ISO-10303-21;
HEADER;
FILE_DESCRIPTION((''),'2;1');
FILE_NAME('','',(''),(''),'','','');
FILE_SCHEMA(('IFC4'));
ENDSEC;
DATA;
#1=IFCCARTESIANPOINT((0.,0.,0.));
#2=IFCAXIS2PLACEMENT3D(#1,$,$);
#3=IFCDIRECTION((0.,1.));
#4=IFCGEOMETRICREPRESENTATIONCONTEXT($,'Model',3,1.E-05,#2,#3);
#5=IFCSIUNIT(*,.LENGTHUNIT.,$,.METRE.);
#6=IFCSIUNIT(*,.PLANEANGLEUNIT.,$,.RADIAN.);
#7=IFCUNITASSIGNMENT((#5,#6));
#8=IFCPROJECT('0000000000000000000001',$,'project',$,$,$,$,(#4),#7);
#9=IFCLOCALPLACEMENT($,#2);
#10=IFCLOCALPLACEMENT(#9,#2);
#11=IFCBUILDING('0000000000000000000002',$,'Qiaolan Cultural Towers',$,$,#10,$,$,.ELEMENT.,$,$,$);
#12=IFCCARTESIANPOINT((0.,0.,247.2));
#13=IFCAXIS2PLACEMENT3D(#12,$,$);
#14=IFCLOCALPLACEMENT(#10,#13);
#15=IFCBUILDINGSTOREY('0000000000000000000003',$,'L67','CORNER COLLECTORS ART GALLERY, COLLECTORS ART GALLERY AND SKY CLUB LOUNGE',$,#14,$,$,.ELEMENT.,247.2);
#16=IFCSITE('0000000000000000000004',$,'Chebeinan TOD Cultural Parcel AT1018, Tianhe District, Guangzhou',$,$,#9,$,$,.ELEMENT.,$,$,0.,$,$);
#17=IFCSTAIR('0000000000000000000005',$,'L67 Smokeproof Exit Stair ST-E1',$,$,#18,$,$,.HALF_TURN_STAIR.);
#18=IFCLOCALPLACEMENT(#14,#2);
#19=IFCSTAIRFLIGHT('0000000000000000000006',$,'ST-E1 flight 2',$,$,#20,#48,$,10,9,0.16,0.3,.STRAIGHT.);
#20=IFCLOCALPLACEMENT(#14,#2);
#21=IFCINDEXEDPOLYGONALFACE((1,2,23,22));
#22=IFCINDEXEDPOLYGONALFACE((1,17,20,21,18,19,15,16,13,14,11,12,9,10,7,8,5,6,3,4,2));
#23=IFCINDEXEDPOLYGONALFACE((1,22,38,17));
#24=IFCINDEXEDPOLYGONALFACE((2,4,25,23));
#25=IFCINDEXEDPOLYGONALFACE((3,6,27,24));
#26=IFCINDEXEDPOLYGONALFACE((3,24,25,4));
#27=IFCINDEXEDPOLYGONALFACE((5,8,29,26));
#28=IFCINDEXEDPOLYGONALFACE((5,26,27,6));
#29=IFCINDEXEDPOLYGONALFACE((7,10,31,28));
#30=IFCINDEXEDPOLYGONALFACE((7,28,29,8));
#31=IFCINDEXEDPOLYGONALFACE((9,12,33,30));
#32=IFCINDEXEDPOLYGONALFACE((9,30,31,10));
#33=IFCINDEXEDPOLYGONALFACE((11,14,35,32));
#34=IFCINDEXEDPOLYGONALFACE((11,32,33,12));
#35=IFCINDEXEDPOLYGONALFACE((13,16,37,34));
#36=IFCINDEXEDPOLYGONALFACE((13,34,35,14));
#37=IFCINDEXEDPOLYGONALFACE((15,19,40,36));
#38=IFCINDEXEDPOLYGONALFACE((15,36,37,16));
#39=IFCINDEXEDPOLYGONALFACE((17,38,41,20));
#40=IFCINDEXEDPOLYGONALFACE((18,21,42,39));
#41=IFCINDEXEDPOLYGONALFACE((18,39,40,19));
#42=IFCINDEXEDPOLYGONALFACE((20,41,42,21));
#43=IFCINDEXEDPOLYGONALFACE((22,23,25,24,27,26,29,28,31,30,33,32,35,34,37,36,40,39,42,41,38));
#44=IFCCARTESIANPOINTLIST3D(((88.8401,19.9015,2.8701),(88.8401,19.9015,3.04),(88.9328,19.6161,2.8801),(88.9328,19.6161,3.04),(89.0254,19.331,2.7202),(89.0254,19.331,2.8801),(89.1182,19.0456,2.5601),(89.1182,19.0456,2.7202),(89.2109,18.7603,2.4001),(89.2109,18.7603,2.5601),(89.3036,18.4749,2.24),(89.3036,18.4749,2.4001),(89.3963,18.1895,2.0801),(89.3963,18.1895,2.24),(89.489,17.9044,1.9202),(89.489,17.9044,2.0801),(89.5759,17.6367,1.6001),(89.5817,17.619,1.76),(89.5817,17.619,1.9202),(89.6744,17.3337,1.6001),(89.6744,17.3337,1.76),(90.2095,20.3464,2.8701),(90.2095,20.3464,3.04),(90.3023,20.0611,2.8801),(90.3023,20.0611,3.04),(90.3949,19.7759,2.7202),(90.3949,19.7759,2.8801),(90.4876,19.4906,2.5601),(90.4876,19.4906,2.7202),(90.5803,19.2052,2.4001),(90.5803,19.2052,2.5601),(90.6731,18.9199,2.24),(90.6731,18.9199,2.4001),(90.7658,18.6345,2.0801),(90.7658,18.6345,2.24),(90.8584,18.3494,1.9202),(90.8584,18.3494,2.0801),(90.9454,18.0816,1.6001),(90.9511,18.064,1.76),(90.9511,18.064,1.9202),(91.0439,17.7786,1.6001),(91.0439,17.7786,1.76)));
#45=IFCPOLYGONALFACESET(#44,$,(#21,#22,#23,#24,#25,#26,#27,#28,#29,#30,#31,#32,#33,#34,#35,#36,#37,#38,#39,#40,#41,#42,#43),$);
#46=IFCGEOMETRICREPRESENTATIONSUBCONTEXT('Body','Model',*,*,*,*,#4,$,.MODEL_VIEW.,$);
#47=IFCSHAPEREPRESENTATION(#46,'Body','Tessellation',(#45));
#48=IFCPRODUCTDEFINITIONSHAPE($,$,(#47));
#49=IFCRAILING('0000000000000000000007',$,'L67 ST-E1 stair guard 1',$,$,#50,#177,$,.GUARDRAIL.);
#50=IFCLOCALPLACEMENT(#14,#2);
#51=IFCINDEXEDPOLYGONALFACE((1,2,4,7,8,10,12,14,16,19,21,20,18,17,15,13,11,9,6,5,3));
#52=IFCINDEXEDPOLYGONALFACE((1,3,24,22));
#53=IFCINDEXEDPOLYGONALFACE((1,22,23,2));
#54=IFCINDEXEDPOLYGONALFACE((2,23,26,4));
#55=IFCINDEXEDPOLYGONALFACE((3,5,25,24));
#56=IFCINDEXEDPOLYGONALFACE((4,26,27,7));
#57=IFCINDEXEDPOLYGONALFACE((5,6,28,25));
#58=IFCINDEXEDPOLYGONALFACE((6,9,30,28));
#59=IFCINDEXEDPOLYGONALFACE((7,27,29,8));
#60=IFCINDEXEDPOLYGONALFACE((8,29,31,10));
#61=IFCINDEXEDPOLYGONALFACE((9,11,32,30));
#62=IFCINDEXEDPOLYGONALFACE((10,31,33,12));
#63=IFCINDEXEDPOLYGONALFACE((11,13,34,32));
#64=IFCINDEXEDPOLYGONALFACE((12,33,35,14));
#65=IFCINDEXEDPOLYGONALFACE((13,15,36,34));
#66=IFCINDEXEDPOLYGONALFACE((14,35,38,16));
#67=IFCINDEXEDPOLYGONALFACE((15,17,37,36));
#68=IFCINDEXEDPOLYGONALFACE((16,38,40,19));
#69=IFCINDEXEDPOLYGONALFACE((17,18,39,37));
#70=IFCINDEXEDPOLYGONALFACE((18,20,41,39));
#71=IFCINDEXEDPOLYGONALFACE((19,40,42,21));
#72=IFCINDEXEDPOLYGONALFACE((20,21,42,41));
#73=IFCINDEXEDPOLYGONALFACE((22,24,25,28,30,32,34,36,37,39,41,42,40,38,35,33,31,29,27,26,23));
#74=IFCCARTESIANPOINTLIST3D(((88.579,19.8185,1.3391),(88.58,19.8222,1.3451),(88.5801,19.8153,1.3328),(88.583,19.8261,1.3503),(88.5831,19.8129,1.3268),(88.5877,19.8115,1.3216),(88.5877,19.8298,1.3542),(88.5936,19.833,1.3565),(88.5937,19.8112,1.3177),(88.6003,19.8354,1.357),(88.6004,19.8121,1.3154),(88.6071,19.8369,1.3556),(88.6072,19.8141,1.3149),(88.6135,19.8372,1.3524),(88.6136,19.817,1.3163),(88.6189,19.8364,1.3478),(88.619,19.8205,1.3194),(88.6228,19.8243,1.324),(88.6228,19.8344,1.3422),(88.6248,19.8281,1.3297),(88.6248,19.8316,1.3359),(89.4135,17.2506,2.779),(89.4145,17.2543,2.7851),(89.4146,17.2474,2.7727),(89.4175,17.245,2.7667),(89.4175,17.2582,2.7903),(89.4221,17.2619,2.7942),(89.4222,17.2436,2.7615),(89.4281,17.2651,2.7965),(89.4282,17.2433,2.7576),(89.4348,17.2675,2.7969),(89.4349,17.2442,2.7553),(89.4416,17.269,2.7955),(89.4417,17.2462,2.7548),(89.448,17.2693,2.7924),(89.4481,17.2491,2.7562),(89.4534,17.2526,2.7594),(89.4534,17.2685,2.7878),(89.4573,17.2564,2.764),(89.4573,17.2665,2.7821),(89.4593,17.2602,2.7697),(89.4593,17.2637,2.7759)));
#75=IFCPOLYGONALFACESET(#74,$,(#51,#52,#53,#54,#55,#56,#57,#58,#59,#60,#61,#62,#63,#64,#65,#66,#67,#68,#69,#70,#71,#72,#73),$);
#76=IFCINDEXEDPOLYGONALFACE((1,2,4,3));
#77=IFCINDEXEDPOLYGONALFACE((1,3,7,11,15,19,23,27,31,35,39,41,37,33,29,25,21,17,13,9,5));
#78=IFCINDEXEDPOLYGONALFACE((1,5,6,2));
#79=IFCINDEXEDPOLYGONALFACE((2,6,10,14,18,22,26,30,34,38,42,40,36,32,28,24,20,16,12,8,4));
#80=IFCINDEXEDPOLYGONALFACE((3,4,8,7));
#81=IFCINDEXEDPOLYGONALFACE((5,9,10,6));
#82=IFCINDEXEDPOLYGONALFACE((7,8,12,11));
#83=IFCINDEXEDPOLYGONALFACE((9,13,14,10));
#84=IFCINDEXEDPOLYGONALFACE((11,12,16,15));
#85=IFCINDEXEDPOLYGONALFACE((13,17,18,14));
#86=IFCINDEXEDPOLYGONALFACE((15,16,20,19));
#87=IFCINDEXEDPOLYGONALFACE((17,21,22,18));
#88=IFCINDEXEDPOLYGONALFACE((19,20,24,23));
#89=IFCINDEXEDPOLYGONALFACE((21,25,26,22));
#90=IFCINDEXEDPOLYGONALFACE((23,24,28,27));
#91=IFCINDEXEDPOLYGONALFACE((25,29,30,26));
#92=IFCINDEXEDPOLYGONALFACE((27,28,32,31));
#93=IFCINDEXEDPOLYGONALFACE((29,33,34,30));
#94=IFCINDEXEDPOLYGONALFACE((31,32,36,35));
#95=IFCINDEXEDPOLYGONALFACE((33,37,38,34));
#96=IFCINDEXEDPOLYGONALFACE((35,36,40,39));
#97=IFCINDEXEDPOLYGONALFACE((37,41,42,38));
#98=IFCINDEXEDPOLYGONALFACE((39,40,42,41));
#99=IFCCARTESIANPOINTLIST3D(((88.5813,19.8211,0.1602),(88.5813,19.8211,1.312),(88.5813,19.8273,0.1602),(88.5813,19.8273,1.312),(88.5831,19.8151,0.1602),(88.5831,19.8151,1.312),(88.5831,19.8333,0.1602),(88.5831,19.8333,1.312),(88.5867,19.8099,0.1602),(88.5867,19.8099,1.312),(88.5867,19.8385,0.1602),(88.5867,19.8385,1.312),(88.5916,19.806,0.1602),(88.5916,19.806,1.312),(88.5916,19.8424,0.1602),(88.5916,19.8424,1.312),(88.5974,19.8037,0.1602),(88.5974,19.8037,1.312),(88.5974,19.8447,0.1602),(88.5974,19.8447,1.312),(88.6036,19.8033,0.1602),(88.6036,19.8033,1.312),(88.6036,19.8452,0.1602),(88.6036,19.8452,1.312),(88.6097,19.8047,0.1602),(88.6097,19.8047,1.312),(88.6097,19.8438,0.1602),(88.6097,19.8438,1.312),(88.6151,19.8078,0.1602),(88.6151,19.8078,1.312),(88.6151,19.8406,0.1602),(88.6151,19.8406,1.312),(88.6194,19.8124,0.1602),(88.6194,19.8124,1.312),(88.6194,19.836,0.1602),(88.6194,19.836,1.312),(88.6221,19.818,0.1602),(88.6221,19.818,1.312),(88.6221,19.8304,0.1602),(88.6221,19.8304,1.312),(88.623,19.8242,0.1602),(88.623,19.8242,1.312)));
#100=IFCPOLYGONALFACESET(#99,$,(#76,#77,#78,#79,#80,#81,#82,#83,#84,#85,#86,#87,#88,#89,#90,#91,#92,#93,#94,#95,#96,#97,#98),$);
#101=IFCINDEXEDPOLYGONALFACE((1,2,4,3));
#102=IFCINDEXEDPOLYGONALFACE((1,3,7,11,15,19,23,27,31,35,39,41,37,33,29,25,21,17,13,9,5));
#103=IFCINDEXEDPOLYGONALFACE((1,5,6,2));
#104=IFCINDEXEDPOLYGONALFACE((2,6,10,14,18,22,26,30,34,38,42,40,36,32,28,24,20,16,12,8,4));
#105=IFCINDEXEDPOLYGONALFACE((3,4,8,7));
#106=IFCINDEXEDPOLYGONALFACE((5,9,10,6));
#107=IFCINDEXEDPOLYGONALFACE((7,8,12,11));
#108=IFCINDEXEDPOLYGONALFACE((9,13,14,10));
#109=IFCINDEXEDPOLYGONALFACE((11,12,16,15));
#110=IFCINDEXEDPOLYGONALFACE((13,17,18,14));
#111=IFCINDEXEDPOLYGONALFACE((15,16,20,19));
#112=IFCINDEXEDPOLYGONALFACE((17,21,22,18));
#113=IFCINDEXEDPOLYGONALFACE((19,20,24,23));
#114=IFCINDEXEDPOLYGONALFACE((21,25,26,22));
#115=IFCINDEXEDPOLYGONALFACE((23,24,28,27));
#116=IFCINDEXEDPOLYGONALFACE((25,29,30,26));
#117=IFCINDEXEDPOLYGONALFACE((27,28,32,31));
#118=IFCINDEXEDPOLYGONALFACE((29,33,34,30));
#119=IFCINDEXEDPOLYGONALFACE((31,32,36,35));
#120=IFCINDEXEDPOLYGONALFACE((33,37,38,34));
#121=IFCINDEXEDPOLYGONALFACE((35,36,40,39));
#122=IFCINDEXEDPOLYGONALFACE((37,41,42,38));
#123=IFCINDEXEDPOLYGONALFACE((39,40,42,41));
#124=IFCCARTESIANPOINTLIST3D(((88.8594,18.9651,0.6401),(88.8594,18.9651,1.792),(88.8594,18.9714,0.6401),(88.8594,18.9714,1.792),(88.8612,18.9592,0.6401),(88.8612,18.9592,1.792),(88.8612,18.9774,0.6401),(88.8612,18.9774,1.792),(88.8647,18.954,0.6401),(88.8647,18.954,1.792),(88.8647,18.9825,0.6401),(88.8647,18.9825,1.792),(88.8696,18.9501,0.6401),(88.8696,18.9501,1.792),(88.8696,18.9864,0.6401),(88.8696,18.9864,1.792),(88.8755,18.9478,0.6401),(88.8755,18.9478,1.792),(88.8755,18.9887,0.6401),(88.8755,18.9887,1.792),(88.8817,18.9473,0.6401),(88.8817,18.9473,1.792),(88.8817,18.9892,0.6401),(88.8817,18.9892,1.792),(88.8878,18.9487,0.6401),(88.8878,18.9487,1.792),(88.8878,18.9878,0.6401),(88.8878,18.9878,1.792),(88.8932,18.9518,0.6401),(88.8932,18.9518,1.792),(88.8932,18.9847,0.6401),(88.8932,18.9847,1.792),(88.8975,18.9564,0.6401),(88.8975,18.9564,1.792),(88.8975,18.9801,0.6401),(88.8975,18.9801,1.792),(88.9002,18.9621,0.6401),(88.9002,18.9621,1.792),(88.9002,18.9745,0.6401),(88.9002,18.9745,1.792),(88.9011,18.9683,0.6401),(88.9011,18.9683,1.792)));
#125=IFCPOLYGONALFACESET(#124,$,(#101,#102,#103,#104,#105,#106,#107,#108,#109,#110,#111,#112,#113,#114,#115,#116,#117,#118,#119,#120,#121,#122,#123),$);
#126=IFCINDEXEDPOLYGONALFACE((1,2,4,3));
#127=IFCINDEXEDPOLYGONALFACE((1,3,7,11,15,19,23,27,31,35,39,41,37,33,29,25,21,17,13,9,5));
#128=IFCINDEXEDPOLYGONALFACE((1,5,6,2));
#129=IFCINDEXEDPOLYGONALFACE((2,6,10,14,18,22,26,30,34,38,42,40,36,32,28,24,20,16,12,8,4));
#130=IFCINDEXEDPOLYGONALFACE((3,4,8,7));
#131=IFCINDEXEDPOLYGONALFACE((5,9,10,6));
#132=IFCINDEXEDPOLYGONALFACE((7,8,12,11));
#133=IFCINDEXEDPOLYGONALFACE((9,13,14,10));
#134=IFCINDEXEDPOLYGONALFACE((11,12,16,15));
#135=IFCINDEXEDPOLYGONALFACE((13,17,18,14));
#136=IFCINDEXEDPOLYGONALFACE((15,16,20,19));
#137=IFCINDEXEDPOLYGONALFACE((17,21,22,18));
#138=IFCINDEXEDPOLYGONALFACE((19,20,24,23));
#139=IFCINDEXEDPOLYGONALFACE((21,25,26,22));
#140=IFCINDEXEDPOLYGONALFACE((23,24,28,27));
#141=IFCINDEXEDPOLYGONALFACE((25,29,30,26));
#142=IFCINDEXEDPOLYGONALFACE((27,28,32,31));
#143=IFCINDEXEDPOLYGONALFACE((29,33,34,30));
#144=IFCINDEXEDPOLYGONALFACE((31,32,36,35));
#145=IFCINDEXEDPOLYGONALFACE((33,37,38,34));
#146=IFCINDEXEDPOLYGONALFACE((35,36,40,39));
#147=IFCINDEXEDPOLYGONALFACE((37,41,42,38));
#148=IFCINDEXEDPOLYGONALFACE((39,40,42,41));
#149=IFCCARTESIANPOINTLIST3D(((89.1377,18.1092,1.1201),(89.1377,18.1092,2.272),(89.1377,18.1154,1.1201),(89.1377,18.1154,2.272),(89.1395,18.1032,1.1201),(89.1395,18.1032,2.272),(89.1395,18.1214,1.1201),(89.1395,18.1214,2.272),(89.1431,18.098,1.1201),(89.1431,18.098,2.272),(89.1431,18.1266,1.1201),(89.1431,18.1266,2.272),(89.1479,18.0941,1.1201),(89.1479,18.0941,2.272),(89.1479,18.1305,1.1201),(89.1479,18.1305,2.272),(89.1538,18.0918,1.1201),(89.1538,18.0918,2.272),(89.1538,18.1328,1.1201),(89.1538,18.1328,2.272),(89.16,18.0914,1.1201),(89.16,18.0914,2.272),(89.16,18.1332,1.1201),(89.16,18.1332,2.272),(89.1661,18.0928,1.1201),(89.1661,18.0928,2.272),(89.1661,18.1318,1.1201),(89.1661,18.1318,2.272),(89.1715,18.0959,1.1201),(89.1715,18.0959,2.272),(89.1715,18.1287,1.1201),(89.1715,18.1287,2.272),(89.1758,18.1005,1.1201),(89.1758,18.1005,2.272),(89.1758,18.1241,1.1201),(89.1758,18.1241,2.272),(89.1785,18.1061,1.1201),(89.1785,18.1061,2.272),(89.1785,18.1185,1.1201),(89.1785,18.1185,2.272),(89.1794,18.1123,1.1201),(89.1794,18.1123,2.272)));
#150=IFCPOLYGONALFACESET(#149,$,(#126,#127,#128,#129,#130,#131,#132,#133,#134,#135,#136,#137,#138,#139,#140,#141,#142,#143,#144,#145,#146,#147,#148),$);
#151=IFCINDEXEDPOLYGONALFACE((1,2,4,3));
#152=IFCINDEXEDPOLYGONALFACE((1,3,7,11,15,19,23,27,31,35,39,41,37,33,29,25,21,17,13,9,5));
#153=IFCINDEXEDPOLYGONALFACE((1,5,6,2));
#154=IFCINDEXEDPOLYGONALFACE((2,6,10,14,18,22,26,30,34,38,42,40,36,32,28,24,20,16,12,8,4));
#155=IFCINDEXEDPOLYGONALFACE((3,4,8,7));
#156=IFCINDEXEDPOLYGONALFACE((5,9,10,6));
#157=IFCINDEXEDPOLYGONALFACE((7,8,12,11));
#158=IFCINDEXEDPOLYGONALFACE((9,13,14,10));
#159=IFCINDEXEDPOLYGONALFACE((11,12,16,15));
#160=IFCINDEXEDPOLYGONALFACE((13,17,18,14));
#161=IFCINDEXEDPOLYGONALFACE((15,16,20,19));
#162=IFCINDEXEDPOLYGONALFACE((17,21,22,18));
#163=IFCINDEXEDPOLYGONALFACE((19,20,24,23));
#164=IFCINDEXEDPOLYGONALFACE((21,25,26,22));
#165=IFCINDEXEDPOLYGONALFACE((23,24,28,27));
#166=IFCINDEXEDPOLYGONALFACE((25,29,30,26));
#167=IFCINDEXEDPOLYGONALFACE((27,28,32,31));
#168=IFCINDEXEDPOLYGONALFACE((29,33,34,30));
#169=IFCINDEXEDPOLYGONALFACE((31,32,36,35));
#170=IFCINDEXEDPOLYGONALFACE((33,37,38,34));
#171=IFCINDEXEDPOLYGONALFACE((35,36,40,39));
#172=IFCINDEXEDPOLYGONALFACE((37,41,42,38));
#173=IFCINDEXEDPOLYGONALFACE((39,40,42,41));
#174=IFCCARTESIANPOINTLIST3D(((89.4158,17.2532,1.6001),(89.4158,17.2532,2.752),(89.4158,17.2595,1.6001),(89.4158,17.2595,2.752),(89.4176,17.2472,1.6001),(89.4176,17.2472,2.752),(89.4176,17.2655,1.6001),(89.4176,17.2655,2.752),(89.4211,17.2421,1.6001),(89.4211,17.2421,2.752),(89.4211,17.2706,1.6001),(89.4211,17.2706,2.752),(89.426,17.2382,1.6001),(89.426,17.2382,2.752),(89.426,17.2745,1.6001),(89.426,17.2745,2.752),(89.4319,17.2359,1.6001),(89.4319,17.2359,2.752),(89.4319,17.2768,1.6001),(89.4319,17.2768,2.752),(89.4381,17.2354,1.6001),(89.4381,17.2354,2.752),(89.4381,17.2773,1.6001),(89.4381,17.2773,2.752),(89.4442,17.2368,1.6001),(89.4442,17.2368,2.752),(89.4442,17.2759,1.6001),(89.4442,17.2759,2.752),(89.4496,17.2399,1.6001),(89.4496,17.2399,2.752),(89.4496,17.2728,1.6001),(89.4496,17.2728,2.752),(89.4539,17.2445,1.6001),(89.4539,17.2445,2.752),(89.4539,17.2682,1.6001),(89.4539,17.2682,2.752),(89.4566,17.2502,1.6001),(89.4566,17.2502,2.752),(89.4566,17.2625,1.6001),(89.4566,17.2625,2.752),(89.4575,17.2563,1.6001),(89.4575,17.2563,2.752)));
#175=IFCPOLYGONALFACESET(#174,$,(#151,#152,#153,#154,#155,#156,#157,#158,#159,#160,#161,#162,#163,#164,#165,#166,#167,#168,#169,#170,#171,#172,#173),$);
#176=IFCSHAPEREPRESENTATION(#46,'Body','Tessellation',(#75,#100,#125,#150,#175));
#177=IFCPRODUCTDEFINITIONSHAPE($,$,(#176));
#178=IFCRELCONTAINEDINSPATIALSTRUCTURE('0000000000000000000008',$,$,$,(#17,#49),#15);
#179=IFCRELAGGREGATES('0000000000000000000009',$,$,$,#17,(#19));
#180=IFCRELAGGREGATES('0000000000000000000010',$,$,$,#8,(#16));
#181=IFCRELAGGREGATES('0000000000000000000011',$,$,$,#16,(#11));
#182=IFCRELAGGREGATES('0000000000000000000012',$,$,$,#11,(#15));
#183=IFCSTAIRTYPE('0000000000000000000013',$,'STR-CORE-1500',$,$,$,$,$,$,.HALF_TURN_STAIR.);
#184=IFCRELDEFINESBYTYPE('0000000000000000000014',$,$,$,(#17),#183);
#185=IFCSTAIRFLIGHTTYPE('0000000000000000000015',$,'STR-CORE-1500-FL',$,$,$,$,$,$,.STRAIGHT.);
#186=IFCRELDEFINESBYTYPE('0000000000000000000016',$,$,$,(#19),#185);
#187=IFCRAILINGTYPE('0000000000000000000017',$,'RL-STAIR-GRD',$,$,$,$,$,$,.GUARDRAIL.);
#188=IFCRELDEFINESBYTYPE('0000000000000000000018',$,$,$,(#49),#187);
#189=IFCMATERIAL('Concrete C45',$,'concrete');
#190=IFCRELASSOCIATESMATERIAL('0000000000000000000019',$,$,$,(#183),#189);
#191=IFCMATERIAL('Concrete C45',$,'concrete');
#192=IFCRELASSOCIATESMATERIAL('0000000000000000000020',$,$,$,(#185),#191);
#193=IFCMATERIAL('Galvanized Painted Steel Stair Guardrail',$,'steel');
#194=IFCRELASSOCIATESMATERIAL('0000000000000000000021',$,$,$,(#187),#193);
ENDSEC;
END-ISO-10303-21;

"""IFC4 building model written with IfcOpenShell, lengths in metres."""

from ifc_helpers import new_model, si_unit, direction, frame, origin, origin_2d, place, context, subcontext, project, spatial, polyline, circle, outline, extrude, material, type_object, element, aggregate, save


model = new_model("IFC4")

# Units and contexts
model_context = context("Model", 3, precision=1e-05, world=origin(), true_north=direction((0.0, 1.0)))
body_context = subcontext(model_context, "Body", "Model", "MODEL_VIEW")
ifc_project = project(units=[si_unit("LENGTHUNIT", "METRE"), si_unit("PLANEANGLEUNIT", "RADIAN")], contexts=[model_context])

# Site, building, storey
site_placement = place(None, origin())
site = spatial("IfcSite", under=ifc_project, at=site_placement, Name="Chebeinan TOD Cultural Parcel AT1018, Tianhe District, Guangzhou", CompositionType="ELEMENT", RefElevation=0.0)
building_placement = place(site_placement, origin())
building = spatial("IfcBuilding", under=site, at=building_placement, Name="Qiaolan Cultural Towers", CompositionType="ELEMENT")
storey_placement = place(building_placement, frame((0.0, 0.0, 247.2)))
storey = spatial("IfcBuildingStorey", under=building, at=storey_placement, Name="L67", Description="CORNER COLLECTORS ART GALLERY, COLLECTORS ART GALLERY AND SKY CLUB LOUNGE", CompositionType="ELEMENT", Elevation=247.2)

# Stair, stair flight
ifc_material_1 = material(Name="Concrete C45", Category="concrete")
stair_type = type_object("IfcStairType", Name="STR-CORE-1500", PredefinedType="HALF_TURN_STAIR", material=ifc_material_1)
stair_placement = place(storey_placement, origin())
stair = element("IfcStair", 1, at=stair_placement, inside=storey, type_object=stair_type, Name="L67 Smokeproof Exit Stair ST-E1", PredefinedType="HALF_TURN_STAIR")
ifc_material_2 = material(Name="Concrete C45", Category="concrete")
stair_flight_type = type_object("IfcStairFlightType", Name="STR-CORE-1500-FL", PredefinedType="STRAIGHT", material=ifc_material_2)
stair_flight_placement = place(storey_placement, frame((90.3591, 17.5562, 1.6001), z_axis=(0.0, 0.0, 1.0), x_axis=(-0.309017, 0.951057, 0.0)))
stair_flight = element("IfcStairFlight", 2, at=stair_flight_placement, type_object=stair_flight_type, Name="ST-E1 flight 2", NumberOfRisers=10, NumberOfTreads=9, PredefinedType="STRAIGHT", RiserHeight=0.16, TreadLength=0.3, context=body_context, shape_type="SweptSolid", body=[
    extrude(outline(polyline([(0.0, 0.0), (0.0, 0.1599), (0.3, 0.1599), (0.3, 0.3201), (0.6001, 0.3201), (0.6001, 0.48), (0.8999, 0.48), (0.8999, 0.6399), (1.2, 0.6399), (1.2, 0.8), (1.5, 0.8), (1.5, 0.96), (1.8, 0.96), (1.8, 1.1201), (2.1001, 1.1201), (2.1001, 1.28), (2.3999, 1.28), (2.3999, 1.4399), (2.7, 1.4399), (2.7, 1.6001), (2.7, 1.27), (0.3186, 0.0), (0.0, 0.0)])), frame((0.0, 0.72, 0.0), z_axis=(0.0, -1.0, 0.0), x_axis=(1.0, 0.0, 0.0)), (0.0, 0.0, 1.0), 1.4399),
])
aggregate(stair, [stair_flight])

# Railing
ifc_material_3 = material(Name="Galvanized Painted Steel Stair Guardrail", Category="steel")
railing_type_1 = type_object("IfcRailingType", Name="RL-STAIR-GRD", PredefinedType="GUARDRAIL", material=ifc_material_3)
railing_1_placement = place(storey_placement, frame((88.6021, 19.8242, 0.1602)))
element("IfcRailing", 3, at=railing_1_placement, inside=storey, type_object=railing_type_1, Name="L67 ST-E1 stair guard 1", PredefinedType="GUARDRAIL", context=body_context, shape_type="SweptSolid", body=[
    extrude(circle(Radius=0.0239, at=origin_2d()), frame((0.0, 0.0, 1.1758), z_axis=(0.272701, -0.839167, 0.470566), x_axis=(0.951043, 0.309057, 0.0)), (0.0, 0.0, 1.0), 3.0601),
    extrude(circle(Radius=0.021, at=origin_2d()), origin(), (0.0, 0.0, 1.0), 1.1519),
    extrude(circle(Radius=0.021, at=origin_2d()), frame((0.2781, -0.856, 0.48)), (0.0, 0.0, 1.0), 1.1519),
    extrude(circle(Radius=0.021, at=origin_2d()), frame((0.5564, -1.7119, 0.96)), (0.0, 0.0, 1.0), 1.1519),
    extrude(circle(Radius=0.021, at=origin_2d()), frame((0.8345, -2.5679, 1.4399)), (0.0, 0.0, 1.0), 1.1519),
])

save(model, "model.ifc")
